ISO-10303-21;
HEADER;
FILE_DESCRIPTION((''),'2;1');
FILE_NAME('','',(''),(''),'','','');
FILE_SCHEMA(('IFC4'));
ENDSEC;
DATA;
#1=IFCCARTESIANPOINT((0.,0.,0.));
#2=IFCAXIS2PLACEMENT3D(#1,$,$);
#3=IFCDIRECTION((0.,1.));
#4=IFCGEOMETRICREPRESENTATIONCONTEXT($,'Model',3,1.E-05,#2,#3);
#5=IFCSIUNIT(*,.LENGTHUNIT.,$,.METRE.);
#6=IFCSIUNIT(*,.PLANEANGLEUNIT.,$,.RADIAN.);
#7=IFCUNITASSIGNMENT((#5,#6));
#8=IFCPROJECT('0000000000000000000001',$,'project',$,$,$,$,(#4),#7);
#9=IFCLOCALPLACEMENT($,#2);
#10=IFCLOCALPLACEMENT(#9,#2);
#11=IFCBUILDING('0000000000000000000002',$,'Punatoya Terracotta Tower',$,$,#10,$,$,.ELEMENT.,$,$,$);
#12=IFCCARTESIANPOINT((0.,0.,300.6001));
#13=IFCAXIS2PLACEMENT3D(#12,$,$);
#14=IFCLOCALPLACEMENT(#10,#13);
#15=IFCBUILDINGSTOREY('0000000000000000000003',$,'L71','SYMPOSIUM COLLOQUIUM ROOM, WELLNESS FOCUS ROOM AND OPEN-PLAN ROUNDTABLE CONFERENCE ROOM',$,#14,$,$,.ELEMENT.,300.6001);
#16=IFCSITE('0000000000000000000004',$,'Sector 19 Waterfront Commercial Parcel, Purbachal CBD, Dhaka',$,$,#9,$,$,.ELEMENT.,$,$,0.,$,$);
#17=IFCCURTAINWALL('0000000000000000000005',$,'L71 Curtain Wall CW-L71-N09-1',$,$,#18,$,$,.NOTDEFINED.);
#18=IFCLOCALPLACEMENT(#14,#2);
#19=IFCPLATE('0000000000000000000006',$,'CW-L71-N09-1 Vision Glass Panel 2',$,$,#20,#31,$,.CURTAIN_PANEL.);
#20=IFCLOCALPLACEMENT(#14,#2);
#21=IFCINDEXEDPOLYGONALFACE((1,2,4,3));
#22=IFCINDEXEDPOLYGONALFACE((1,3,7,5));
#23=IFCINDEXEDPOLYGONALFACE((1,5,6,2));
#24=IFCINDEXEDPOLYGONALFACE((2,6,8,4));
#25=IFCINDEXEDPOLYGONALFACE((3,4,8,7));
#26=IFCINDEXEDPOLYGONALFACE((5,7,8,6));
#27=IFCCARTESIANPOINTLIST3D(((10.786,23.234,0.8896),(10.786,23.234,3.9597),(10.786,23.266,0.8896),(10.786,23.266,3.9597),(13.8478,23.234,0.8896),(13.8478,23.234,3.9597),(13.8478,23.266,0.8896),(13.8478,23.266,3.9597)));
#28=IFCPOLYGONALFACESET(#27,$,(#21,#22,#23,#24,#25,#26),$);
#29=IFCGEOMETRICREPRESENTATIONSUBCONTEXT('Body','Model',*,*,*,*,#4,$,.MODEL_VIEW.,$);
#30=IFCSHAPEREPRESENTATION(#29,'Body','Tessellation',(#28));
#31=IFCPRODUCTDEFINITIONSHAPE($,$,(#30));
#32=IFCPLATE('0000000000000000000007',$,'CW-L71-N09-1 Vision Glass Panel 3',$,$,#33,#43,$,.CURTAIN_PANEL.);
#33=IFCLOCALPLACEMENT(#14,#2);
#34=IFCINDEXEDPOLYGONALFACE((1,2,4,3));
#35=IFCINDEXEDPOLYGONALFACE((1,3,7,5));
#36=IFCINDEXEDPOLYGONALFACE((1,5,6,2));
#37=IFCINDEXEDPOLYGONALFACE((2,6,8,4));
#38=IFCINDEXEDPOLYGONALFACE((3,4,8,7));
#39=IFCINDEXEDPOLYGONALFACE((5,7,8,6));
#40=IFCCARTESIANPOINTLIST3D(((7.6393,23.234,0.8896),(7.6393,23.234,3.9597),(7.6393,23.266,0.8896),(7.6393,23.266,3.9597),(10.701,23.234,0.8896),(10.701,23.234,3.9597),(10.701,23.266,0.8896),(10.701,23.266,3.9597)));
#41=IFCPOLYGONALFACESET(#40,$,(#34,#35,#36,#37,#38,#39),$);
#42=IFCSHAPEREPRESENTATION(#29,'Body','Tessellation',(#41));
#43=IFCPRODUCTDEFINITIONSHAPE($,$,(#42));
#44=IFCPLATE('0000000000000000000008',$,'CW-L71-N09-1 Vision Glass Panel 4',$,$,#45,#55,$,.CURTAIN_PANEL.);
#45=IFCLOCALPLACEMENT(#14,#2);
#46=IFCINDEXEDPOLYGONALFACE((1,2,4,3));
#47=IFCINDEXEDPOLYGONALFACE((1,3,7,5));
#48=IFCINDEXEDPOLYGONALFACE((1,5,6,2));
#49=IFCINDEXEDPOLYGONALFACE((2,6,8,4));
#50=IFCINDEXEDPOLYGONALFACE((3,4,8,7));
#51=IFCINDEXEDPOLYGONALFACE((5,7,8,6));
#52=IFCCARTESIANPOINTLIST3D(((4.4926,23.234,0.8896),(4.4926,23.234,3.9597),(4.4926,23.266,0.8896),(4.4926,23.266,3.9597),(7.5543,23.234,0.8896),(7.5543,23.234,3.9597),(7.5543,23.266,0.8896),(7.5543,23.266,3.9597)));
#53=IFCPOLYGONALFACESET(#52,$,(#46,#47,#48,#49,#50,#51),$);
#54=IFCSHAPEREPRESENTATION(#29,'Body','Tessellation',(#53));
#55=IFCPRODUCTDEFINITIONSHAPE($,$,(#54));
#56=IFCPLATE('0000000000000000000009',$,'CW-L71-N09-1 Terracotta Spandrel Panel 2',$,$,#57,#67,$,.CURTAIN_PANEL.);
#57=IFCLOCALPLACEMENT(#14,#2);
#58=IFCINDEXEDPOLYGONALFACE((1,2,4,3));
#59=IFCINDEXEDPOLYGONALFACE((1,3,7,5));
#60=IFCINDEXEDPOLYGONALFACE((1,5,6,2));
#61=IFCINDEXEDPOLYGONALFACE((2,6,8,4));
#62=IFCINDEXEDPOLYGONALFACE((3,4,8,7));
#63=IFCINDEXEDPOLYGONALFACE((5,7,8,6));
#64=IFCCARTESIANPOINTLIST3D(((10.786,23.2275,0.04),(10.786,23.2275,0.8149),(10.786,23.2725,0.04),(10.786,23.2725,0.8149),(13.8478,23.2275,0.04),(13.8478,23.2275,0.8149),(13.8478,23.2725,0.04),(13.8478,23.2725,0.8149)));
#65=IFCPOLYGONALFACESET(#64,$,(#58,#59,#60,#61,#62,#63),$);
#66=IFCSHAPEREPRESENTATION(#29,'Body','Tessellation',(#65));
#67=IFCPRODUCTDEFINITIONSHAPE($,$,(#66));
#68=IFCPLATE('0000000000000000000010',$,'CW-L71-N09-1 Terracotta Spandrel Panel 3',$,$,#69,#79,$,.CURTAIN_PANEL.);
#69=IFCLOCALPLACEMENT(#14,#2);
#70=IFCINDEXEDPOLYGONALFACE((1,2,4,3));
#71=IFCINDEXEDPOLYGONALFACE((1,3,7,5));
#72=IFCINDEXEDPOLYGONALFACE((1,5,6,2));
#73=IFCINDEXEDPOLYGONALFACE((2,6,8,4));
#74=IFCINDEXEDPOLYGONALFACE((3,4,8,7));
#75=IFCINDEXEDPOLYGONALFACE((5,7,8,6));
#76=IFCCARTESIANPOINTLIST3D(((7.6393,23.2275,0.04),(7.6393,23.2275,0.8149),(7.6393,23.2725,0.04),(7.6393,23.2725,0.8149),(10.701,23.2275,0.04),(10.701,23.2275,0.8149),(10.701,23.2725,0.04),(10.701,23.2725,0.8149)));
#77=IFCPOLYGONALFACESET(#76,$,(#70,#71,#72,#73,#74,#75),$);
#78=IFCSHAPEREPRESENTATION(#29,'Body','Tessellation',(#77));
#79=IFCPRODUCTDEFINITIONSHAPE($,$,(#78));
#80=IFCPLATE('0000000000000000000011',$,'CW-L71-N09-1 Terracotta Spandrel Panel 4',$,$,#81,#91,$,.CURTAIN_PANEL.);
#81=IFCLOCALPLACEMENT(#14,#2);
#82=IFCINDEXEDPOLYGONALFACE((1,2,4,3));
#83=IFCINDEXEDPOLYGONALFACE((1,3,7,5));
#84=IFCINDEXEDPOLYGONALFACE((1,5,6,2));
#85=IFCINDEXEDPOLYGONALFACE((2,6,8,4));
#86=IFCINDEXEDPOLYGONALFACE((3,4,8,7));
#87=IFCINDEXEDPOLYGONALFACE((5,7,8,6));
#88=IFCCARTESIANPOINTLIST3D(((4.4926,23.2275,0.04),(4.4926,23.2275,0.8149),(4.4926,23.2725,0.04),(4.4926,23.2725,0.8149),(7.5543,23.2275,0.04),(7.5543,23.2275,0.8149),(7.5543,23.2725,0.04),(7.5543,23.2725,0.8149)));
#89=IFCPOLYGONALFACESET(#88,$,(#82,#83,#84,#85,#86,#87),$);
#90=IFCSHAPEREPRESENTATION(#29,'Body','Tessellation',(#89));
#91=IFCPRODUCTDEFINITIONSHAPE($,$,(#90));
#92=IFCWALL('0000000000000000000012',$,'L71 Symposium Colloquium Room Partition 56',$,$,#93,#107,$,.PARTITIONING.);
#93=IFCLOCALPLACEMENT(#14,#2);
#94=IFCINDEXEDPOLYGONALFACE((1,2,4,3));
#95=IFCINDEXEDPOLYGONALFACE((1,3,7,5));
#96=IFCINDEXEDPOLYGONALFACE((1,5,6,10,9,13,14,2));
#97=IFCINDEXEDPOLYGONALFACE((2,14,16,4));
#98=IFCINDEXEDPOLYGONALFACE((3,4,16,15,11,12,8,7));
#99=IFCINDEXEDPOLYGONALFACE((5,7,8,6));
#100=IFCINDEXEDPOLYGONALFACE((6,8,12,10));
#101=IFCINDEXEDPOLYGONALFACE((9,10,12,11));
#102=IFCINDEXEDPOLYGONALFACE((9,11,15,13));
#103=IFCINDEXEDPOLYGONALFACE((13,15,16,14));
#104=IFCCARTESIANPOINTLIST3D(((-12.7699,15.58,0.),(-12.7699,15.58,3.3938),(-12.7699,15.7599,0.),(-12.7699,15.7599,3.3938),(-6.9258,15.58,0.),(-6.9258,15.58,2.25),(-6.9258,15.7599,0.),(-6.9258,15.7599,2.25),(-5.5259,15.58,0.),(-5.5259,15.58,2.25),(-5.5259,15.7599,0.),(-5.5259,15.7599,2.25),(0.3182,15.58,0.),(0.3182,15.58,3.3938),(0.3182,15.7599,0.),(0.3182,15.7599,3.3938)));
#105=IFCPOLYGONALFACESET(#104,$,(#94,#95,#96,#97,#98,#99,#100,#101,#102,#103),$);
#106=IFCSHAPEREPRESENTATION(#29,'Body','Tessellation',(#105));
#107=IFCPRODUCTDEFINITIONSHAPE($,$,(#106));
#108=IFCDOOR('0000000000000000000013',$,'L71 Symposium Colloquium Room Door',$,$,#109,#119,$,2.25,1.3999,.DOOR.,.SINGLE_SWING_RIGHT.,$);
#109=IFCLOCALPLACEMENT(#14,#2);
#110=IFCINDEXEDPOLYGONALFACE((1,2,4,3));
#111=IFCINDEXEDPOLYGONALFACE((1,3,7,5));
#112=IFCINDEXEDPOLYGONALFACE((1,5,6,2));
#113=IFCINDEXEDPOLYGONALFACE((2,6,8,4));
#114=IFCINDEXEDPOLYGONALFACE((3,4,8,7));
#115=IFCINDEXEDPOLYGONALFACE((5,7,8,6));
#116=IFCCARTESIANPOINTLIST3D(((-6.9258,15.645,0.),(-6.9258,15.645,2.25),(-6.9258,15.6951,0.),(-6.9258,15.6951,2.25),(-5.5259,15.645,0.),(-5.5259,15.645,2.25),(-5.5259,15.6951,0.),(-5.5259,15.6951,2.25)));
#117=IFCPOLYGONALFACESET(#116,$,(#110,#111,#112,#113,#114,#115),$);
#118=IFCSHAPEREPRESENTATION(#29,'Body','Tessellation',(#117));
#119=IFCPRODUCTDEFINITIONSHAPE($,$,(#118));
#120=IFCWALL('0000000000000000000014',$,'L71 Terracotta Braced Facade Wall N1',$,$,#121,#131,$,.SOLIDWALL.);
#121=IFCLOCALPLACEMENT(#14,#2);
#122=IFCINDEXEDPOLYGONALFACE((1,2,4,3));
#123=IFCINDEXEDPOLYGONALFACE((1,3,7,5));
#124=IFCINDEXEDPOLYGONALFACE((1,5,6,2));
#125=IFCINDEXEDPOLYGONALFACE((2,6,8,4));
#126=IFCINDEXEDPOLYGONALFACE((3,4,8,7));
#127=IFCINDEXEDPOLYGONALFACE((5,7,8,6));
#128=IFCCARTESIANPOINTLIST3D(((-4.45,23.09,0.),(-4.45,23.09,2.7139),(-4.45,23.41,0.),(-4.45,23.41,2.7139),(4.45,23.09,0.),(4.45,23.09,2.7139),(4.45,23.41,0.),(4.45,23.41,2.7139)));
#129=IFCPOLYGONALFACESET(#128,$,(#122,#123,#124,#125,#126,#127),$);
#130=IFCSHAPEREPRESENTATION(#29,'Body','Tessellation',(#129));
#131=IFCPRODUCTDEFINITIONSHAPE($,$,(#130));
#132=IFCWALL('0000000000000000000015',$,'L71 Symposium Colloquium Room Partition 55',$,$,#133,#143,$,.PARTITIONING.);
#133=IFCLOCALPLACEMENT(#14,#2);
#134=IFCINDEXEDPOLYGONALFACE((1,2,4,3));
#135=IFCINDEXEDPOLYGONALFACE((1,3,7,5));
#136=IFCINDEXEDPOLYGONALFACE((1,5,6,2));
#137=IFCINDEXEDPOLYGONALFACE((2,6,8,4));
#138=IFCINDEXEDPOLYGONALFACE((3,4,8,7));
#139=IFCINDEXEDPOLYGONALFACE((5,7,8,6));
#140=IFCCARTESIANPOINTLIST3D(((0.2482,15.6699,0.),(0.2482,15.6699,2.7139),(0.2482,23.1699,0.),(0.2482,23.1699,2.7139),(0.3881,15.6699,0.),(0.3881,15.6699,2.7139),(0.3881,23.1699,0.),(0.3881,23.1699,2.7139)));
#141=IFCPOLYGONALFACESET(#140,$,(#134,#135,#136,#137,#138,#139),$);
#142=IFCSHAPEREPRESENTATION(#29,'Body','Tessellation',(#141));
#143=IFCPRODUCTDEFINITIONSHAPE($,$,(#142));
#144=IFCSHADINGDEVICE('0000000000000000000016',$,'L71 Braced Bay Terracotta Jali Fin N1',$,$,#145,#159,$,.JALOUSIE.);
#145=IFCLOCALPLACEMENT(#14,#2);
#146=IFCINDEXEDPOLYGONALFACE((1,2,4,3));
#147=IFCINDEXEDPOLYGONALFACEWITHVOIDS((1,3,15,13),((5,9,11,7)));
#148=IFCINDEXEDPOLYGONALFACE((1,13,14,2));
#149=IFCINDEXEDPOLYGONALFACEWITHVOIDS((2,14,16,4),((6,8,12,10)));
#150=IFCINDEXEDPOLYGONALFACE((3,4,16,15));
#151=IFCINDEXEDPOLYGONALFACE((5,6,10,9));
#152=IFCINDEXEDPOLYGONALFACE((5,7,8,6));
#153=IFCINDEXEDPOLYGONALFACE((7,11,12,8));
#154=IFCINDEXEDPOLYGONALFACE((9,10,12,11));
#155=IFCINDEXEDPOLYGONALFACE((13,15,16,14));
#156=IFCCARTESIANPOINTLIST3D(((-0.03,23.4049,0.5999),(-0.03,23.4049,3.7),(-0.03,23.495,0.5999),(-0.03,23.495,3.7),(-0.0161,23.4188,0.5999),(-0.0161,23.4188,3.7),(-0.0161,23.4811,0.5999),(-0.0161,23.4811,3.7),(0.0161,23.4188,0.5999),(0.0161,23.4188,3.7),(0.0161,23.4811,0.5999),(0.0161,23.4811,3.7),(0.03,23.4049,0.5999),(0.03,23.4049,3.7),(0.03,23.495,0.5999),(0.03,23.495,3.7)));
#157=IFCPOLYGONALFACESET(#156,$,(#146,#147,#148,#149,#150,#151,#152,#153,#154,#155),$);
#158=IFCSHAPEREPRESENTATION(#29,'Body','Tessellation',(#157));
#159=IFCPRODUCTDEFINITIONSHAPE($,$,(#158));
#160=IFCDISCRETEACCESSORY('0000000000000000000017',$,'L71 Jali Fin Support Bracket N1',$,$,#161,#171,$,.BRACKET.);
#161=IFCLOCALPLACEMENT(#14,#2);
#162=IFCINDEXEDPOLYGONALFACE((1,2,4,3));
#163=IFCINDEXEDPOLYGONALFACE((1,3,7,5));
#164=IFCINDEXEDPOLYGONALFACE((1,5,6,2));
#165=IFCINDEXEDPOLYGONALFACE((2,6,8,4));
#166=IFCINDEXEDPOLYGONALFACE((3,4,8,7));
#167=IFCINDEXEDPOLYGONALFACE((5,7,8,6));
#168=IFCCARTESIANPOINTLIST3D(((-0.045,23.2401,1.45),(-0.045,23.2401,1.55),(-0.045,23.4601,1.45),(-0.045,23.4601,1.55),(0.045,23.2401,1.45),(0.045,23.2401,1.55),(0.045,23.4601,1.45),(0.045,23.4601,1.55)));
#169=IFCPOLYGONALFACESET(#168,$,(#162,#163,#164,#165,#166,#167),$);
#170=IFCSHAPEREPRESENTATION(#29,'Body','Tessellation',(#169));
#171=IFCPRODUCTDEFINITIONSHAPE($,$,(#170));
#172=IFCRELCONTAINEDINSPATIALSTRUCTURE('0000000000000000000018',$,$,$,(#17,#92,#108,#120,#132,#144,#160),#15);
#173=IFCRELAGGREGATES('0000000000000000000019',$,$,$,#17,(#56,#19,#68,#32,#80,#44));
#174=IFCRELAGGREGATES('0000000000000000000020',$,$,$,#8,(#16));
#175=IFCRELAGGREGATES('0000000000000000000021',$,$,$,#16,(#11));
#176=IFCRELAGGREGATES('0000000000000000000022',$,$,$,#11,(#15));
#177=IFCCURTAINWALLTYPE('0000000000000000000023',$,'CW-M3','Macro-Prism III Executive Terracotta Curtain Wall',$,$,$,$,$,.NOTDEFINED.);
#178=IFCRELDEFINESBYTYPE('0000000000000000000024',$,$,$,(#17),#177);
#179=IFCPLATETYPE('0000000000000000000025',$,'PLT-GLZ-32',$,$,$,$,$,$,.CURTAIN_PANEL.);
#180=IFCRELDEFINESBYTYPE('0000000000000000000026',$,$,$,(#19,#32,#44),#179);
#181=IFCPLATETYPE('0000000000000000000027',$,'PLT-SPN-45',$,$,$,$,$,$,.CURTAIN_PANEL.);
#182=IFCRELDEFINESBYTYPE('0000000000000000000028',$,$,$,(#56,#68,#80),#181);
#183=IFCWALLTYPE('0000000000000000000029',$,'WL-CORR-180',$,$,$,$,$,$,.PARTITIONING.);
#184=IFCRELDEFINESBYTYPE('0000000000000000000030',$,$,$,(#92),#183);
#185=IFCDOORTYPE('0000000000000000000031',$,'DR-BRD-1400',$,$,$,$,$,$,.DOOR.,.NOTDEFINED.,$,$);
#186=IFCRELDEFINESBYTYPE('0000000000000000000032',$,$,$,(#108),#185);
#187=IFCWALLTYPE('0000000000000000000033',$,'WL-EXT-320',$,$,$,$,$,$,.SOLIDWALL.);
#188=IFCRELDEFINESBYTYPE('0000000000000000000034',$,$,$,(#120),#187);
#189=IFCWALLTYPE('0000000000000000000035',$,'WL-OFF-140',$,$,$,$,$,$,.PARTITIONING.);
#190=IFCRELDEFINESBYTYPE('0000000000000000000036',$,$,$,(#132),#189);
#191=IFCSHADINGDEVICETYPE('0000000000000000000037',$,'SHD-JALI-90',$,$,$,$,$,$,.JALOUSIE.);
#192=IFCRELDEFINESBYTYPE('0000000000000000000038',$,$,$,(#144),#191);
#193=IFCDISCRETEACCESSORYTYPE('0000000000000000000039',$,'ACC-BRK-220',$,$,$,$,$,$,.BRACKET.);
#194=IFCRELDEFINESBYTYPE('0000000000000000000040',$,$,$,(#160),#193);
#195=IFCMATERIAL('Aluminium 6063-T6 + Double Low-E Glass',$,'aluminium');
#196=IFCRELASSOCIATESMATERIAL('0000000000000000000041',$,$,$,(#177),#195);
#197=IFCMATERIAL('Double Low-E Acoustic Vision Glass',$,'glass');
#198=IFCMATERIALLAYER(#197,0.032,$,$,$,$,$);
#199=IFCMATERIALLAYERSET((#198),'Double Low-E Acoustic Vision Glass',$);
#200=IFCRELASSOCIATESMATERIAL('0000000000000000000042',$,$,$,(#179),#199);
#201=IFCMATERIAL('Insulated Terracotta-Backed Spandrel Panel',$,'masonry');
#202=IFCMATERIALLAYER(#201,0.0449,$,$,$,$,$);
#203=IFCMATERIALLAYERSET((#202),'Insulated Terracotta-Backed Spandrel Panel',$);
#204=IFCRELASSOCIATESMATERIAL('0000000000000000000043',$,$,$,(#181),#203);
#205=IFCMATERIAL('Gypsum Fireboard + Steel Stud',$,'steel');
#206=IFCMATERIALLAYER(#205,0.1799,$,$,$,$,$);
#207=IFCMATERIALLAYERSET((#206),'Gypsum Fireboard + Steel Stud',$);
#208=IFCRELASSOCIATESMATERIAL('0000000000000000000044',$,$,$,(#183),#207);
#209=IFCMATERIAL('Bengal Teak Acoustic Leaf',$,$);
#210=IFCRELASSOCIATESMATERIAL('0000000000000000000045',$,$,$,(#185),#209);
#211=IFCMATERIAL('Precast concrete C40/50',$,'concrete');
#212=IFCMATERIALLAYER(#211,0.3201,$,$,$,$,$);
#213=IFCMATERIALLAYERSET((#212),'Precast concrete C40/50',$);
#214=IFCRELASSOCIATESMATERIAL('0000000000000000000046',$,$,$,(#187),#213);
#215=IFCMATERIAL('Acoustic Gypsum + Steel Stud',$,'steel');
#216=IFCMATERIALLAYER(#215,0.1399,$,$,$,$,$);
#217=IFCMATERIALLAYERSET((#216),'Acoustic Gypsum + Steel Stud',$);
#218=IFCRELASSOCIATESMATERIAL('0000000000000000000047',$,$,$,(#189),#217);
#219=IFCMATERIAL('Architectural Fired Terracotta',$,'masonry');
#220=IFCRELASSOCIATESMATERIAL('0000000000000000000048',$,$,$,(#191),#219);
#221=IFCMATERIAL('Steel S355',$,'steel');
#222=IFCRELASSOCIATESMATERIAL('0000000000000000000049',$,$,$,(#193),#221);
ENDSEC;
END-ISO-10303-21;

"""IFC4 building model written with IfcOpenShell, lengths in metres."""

from ifc_helpers import new_model, si_unit, direction, frame, frame_2d, origin, origin_2d, place, context, subcontext, project, spatial, rectangle, hollow_rectangle, extrude, material, layer, layer_set, material_profile, profile_set, type_object, element, fill, aggregate, save


model = new_model("IFC4")

# Units and contexts
model_context = context("Model", 3, precision=1e-05, world=origin(), true_north=direction((0.0, 1.0)))
body_context = subcontext(model_context, "Body", "Model", "MODEL_VIEW")
ifc_project = project(units=[si_unit("LENGTHUNIT", "METRE"), si_unit("PLANEANGLEUNIT", "RADIAN")], contexts=[model_context])

# Site, building, storey
site_placement = place(None, origin())
site = spatial("IfcSite", under=ifc_project, at=site_placement, Name="Sector 19 Waterfront Commercial Parcel, Purbachal CBD, Dhaka", CompositionType="ELEMENT", RefElevation=0.0)
building_placement = place(site_placement, origin())
building = spatial("IfcBuilding", under=site, at=building_placement, Name="Punatoya Terracotta Tower", CompositionType="ELEMENT")
storey_placement = place(building_placement, frame((0.0, 0.0, 300.6001)))
storey = spatial("IfcBuildingStorey", under=building, at=storey_placement, Name="L71", Description="SYMPOSIUM COLLOQUIUM ROOM, WELLNESS FOCUS ROOM AND OPEN-PLAN ROUNDTABLE CONFERENCE ROOM", CompositionType="ELEMENT", Elevation=300.6001)

# Shared definitions
ifc_material_1 = material(Name="Steel S355", Category="steel")

# Curtain wall
ifc_material_2 = material(Name="Aluminium 6063-T6 + Double Low-E Glass", Category="aluminium")
curtain_wall_type = type_object("IfcCurtainWallType", Name="CW-M3", Description="Macro-Prism III Executive Terracotta Curtain Wall", PredefinedType="NOTDEFINED", material=ifc_material_2)
curtain_wall_placement = place(storey_placement, origin())
curtain_wall = element("IfcCurtainWall", 1, at=curtain_wall_placement, inside=storey, type_object=curtain_wall_type, Name="L71 Curtain Wall CW-L71-N09-1", PredefinedType="NOTDEFINED")

# Plates
ifc_material_3 = material(Name="Double Low-E Acoustic Vision Glass", Category="glass")
ifc_layer_1 = layer(ifc_material_3, 0.032)
ifc_layer_set_1 = layer_set([ifc_layer_1], Name="Double Low-E Acoustic Vision Glass")
plate_type_1 = type_object("IfcPlateType", Name="PLT-GLZ-32", PredefinedType="CURTAIN_PANEL", material=ifc_layer_set_1)
plate_1_placement = place(storey_placement, frame((12.3169, 23.25, 0.8896), z_axis=(0.0, 0.0, 1.0), x_axis=(-1.0, 0.0, 0.0)))
plate_1 = element("IfcPlate", 2, at=plate_1_placement, type_object=plate_type_1, Name="CW-L71-N09-1 Vision Glass Panel 2", PredefinedType="CURTAIN_PANEL", context=body_context, shape_type="SweptSolid", body=[
    extrude(rectangle(XDim=3.0618, YDim=0.032, at=origin_2d()), origin(), (0.0, 0.0, 1.0), 3.0701),
])
plate_2_placement = place(storey_placement, frame((9.1702, 23.25, 0.8896), z_axis=(0.0, 0.0, 1.0), x_axis=(-1.0, 0.0, 0.0)))
plate_2 = element("IfcPlate", 3, at=plate_2_placement, type_object=plate_type_1, Name="CW-L71-N09-1 Vision Glass Panel 3", PredefinedType="CURTAIN_PANEL", context=body_context, shape_type="SweptSolid", body=[
    extrude(rectangle(XDim=3.0618, YDim=0.032, at=origin_2d()), origin(), (0.0, 0.0, 1.0), 3.0701),
])
plate_3_placement = place(storey_placement, frame((6.0234, 23.25, 0.8896), z_axis=(0.0, 0.0, 1.0), x_axis=(-1.0, 0.0, 0.0)))
plate_3 = element("IfcPlate", 4, at=plate_3_placement, type_object=plate_type_1, Name="CW-L71-N09-1 Vision Glass Panel 4", PredefinedType="CURTAIN_PANEL", context=body_context, shape_type="SweptSolid", body=[
    extrude(rectangle(XDim=3.0618, YDim=0.032, at=origin_2d()), origin(), (0.0, 0.0, 1.0), 3.0701),
])
ifc_material_4 = material(Name="Insulated Terracotta-Backed Spandrel Panel", Category="masonry")
ifc_layer_2 = layer(ifc_material_4, 0.0449)
ifc_layer_set_2 = layer_set([ifc_layer_2], Name="Insulated Terracotta-Backed Spandrel Panel")
plate_type_2 = type_object("IfcPlateType", Name="PLT-SPN-45", PredefinedType="CURTAIN_PANEL", material=ifc_layer_set_2)
plate_4_placement = place(storey_placement, frame((12.3169, 23.25, 0.04), z_axis=(0.0, 0.0, 1.0), x_axis=(-1.0, 0.0, 0.0)))
plate_4 = element("IfcPlate", 5, at=plate_4_placement, type_object=plate_type_2, Name="CW-L71-N09-1 Terracotta Spandrel Panel 2", PredefinedType="CURTAIN_PANEL", context=body_context, shape_type="SweptSolid", body=[
    extrude(rectangle(XDim=3.0618, YDim=0.0449, at=origin_2d()), origin(), (0.0, 0.0, 1.0), 0.7749),
])
plate_5_placement = place(storey_placement, frame((9.1702, 23.25, 0.04), z_axis=(0.0, 0.0, 1.0), x_axis=(-1.0, 0.0, 0.0)))
plate_5 = element("IfcPlate", 6, at=plate_5_placement, type_object=plate_type_2, Name="CW-L71-N09-1 Terracotta Spandrel Panel 3", PredefinedType="CURTAIN_PANEL", context=body_context, shape_type="SweptSolid", body=[
    extrude(rectangle(XDim=3.0618, YDim=0.0449, at=origin_2d()), origin(), (0.0, 0.0, 1.0), 0.7749),
])
plate_6_placement = place(storey_placement, frame((6.0234, 23.25, 0.04), z_axis=(0.0, 0.0, 1.0), x_axis=(-1.0, 0.0, 0.0)))
plate_6 = element("IfcPlate", 7, at=plate_6_placement, type_object=plate_type_2, Name="CW-L71-N09-1 Terracotta Spandrel Panel 4", PredefinedType="CURTAIN_PANEL", context=body_context, shape_type="SweptSolid", body=[
    extrude(rectangle(XDim=3.0618, YDim=0.0449, at=origin_2d()), origin(), (0.0, 0.0, 1.0), 0.7749),
])
aggregate(curtain_wall, [plate_4, plate_1, plate_5, plate_2, plate_6, plate_3])

# Wall, opening, door
ifc_material_5 = material(Name="Gypsum Fireboard + Steel Stud", Category="steel")
ifc_layer_3 = layer(ifc_material_5, 0.1799)
ifc_layer_set_3 = layer_set([ifc_layer_3], Name="Gypsum Fireboard + Steel Stud")
wall_type_1 = type_object("IfcWallType", Name="WL-CORR-180", PredefinedType="PARTITIONING", material=ifc_layer_set_3)
wall_1_placement = place(storey_placement, frame((0.3181, 15.6699, 0.0), z_axis=(0.0, 0.0, 1.0), x_axis=(-1.0, 0.0, 0.0)))
wall_1 = element("IfcWall", 8, at=wall_1_placement, inside=storey, type_object=wall_type_1, Name="L71 Symposium Colloquium Room Partition 56", PredefinedType="PARTITIONING", context=body_context, shape_type="SweptSolid", body=[
    extrude(rectangle(XDim=13.0881, YDim=0.1799, at=frame_2d((6.5439, 0.0))), origin(), (0.0, 0.0, 1.0), 3.3938),
])
opening_placement = place(wall_1_placement, frame((5.844, 0.0, 0.0)))
opening = element("IfcOpeningElement", 9, at=opening_placement, cuts=wall_1, PredefinedType="OPENING", context=body_context, shape_type="SweptSolid", body=[
    extrude(rectangle(XDim=1.3999, YDim=2.25, at=frame_2d((0.7, 1.125))), frame((0.0, 0.0999, 0.0), z_axis=(0.0, -1.0, 0.0), x_axis=(1.0, 0.0, 0.0)), (0.0, 0.0, 1.0), 0.2),
])
ifc_material_6 = material(Name="Bengal Teak Acoustic Leaf")
door_type = type_object("IfcDoorType", Name="DR-BRD-1400", OperationType="NOTDEFINED", PredefinedType="DOOR", material=ifc_material_6)
door_placement = place(opening_placement, origin())
door = element("IfcDoor", 10, at=door_placement, inside=storey, type_object=door_type, Name="L71 Symposium Colloquium Room Door", OperationType="SINGLE_SWING_RIGHT", OverallHeight=2.25, OverallWidth=1.3999, PredefinedType="DOOR", context=body_context, shape_type="SweptSolid", body=[
    extrude(rectangle(XDim=1.3999, YDim=2.25, at=frame_2d((0.7, 1.125))), frame((0.0, 0.0249, 0.0), z_axis=(0.0, -1.0, 0.0), x_axis=(1.0, 0.0, 0.0)), (0.0, 0.0, 1.0), 0.05),
])
fill(opening, door)

# Walls
ifc_material_7 = material(Name="Precast concrete C40/50", Category="concrete")
ifc_layer_4 = layer(ifc_material_7, 0.3201)
ifc_layer_set_4 = layer_set([ifc_layer_4], Name="Precast concrete C40/50")
wall_type_2 = type_object("IfcWallType", Name="WL-EXT-320", PredefinedType="SOLIDWALL", material=ifc_layer_set_4)
wall_2_placement = place(storey_placement, frame((4.45, 23.25, 0.0), z_axis=(0.0, 0.0, 1.0), x_axis=(-1.0, 0.0, 0.0)))
element("IfcWall", 11, at=wall_2_placement, inside=storey, type_object=wall_type_2, Name="L71 Terracotta Braced Facade Wall N1", PredefinedType="SOLIDWALL", context=body_context, shape_type="SweptSolid", body=[
    extrude(rectangle(XDim=8.8999, YDim=0.3201, at=frame_2d((4.45, 0.0))), origin(), (0.0, 0.0, 1.0), 2.7139),
])
ifc_material_8 = material(Name="Acoustic Gypsum + Steel Stud", Category="steel")
ifc_layer_5 = layer(ifc_material_8, 0.1399)
ifc_layer_set_5 = layer_set([ifc_layer_5], Name="Acoustic Gypsum + Steel Stud")
wall_type_3 = type_object("IfcWallType", Name="WL-OFF-140", PredefinedType="PARTITIONING", material=ifc_layer_set_5)
wall_3_placement = place(storey_placement, frame((0.3181, 23.1699, 0.0), z_axis=(0.0, 0.0, 1.0), x_axis=(0.0, -1.0, 0.0)))
element("IfcWall", 12, at=wall_3_placement, inside=storey, type_object=wall_type_3, Name="L71 Symposium Colloquium Room Partition 55", PredefinedType="PARTITIONING", context=body_context, shape_type="SweptSolid", body=[
    extrude(rectangle(XDim=7.5, YDim=0.1399, at=frame_2d((3.75, 0.0))), origin(), (0.0, 0.0, 1.0), 2.7139),
])

# Shading device
ifc_material_9 = material(Name="Architectural Fired Terracotta", Category="masonry")
ifc_material_profile_1 = material_profile(ifc_material_9, hollow_rectangle(XDim=0.0601, YDim=0.0901, WallThickness=0.0139, at=origin_2d()))
ifc_profile_set_1 = profile_set([ifc_material_profile_1], Name="Architectural Fired Terracotta")
shading_device_type = type_object("IfcShadingDeviceType", Name="SHD-JALI-90", PredefinedType="JALOUSIE", material=ifc_profile_set_1)
shading_device_placement = place(storey_placement, frame((0.0, 23.45, 0.5999), z_axis=(0.0, 0.0, 1.0), x_axis=(1.0, 0.0, 0.0)))
element("IfcShadingDevice", 13, at=shading_device_placement, inside=storey, type_object=shading_device_type, Name="L71 Braced Bay Terracotta Jali Fin N1", PredefinedType="JALOUSIE", context=body_context, shape_type="SweptSolid", body=[
    extrude(hollow_rectangle(XDim=0.0601, YDim=0.0901, WallThickness=0.0139, at=origin_2d()), origin(), (0.0, 0.0, 1.0), 3.1001),
])

# Discrete accessory
discrete_accessory_type = type_object("IfcDiscreteAccessoryType", Name="ACC-BRK-220", PredefinedType="BRACKET", material=ifc_material_1)
discrete_accessory_placement = place(storey_placement, frame((0.0, 23.3501, 1.45), z_axis=(0.0, 0.0, 1.0), x_axis=(-1.0, 0.0, 0.0)))
element("IfcDiscreteAccessory", 14, at=discrete_accessory_placement, inside=storey, type_object=discrete_accessory_type, Name="L71 Jali Fin Support Bracket N1", PredefinedType="BRACKET", context=body_context, shape_type="SweptSolid", body=[
    extrude(rectangle(XDim=0.0901, YDim=0.22, at=origin_2d()), origin(), (0.0, 0.0, 1.0), 0.1001),
])

save(model, "model.ifc")
